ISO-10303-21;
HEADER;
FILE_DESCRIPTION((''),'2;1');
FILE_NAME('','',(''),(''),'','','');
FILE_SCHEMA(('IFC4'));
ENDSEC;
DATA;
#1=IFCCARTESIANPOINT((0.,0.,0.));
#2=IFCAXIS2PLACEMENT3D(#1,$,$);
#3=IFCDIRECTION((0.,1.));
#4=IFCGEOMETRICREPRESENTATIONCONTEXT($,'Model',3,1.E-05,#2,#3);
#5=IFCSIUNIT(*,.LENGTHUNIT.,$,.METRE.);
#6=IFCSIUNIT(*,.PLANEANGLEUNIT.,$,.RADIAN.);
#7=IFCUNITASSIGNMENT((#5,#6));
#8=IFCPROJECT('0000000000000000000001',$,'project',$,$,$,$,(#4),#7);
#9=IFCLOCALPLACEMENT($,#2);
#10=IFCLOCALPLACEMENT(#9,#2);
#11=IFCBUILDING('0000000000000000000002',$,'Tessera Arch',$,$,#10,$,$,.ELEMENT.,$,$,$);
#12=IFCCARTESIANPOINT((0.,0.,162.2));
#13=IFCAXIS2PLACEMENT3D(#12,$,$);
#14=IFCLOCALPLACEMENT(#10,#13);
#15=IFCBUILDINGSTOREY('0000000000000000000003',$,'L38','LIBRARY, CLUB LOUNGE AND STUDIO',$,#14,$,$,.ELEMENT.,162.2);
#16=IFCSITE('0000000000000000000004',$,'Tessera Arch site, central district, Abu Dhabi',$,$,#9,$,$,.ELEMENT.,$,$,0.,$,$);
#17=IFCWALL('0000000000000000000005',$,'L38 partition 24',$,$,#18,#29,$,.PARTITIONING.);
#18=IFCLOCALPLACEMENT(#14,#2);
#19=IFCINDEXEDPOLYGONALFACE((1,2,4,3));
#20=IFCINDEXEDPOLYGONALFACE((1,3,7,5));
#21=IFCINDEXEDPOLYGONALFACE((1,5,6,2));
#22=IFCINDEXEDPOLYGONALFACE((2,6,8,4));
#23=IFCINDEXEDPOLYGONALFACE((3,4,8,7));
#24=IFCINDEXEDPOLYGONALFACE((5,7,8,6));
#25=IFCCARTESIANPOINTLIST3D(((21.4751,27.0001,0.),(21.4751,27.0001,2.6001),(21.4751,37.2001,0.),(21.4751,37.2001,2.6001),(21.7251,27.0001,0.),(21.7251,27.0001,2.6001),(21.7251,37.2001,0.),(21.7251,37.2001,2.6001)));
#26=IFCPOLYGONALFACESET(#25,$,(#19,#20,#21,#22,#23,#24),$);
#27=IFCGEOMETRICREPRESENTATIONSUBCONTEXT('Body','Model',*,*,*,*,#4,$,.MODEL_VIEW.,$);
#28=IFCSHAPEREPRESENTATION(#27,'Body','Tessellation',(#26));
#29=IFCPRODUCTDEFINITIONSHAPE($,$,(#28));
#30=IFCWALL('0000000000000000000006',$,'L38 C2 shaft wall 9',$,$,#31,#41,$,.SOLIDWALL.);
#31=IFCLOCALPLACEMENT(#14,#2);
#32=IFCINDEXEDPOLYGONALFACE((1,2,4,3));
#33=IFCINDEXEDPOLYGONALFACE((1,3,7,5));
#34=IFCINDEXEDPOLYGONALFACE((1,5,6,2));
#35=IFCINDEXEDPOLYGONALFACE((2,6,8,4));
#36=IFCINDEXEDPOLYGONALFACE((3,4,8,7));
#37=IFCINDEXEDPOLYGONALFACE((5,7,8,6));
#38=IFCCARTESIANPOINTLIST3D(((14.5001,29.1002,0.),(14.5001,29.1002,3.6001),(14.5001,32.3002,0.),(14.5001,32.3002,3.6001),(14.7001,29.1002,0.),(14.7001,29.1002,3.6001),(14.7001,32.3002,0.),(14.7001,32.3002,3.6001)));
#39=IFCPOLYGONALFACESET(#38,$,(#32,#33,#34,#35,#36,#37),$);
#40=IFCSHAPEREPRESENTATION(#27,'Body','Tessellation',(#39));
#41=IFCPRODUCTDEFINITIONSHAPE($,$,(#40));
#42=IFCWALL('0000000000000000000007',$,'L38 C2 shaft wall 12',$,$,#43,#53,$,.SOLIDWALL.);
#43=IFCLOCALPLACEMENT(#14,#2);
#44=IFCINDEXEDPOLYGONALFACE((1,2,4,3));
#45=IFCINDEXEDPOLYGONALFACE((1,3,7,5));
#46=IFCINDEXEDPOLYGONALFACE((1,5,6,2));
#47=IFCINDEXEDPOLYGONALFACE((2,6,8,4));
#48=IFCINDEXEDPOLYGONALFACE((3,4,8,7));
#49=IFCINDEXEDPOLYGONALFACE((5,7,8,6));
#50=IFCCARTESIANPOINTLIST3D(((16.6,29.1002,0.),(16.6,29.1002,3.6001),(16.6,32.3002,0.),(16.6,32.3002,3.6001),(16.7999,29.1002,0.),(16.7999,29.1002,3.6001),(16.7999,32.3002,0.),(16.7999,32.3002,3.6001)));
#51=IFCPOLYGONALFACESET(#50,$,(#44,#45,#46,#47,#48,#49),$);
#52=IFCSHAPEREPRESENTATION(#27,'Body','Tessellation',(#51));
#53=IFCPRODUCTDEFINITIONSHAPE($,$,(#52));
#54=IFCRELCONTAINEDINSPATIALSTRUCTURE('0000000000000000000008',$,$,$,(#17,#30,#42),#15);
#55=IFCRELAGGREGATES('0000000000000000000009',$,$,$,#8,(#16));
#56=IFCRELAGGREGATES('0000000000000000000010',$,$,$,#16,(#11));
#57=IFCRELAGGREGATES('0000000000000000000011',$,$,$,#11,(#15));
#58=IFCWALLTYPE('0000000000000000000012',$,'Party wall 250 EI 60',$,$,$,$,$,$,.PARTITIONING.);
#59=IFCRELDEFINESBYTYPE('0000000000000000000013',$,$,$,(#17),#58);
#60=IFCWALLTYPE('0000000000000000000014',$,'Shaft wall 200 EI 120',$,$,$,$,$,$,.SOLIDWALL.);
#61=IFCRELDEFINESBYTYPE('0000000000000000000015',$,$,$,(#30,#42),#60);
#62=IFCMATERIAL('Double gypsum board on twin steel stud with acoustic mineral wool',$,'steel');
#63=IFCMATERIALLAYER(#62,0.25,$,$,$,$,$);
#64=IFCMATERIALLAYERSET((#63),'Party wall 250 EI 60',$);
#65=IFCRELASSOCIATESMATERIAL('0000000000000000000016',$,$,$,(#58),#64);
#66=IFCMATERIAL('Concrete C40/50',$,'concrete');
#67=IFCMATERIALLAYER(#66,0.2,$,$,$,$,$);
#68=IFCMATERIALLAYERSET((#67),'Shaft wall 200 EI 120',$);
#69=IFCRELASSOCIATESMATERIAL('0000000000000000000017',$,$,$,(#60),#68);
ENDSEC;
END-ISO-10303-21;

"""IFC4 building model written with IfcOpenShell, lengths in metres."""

from ifc_helpers import new_model, si_unit, direction, frame, frame_2d, origin, place, context, subcontext, project, spatial, rectangle, extrude, material, layer, layer_set, type_object, element, save


model = new_model("IFC4")

# Units and contexts
model_context = context("Model", 3, precision=1e-05, world=origin(), true_north=direction((0.0, 1.0)))
body_context = subcontext(model_context, "Body", "Model", "MODEL_VIEW")
ifc_project = project(units=[si_unit("LENGTHUNIT", "METRE"), si_unit("PLANEANGLEUNIT", "RADIAN")], contexts=[model_context])

# Site, building, storey
site_placement = place(None, origin())
site = spatial("IfcSite", under=ifc_project, at=site_placement, Name="Tessera Arch site, central district, Abu Dhabi", CompositionType="ELEMENT", RefElevation=0.0)
building_placement = place(site_placement, origin())
building = spatial("IfcBuilding", under=site, at=building_placement, Name="Tessera Arch", CompositionType="ELEMENT")
storey_placement = place(building_placement, frame((0.0, 0.0, 162.2)))
storey = spatial("IfcBuildingStorey", under=building, at=storey_placement, Name="L38", Description="LIBRARY, CLUB LOUNGE AND STUDIO", CompositionType="ELEMENT", Elevation=162.2)

# Walls
ifc_material_1 = material(Name="Double gypsum board on twin steel stud with acoustic mineral wool", Category="steel")
ifc_layer_1 = layer(ifc_material_1, 0.25)
ifc_layer_set_1 = layer_set([ifc_layer_1], Name="Party wall 250 EI 60")
wall_type_1 = type_object("IfcWallType", Name="Party wall 250 EI 60", PredefinedType="PARTITIONING", material=ifc_layer_set_1)
wall_1_placement = place(storey_placement, frame((21.6001, 27.0, 0.0), z_axis=(0.0, 0.0, 1.0), x_axis=(0.0, 1.0, 0.0)))
element("IfcWall", 1, at=wall_1_placement, inside=storey, type_object=wall_type_1, Name="L38 partition 24", PredefinedType="PARTITIONING", context=body_context, shape_type="SweptSolid", body=[
    extrude(rectangle(XDim=10.2, YDim=0.25, at=frame_2d((5.1001, 0.0))), origin(), (0.0, 0.0, 1.0), 2.6001),
])
ifc_material_2 = material(Name="Concrete C40/50", Category="concrete")
ifc_layer_2 = layer(ifc_material_2, 0.2)
ifc_layer_set_2 = layer_set([ifc_layer_2], Name="Shaft wall 200 EI 120")
wall_type_2 = type_object("IfcWallType", Name="Shaft wall 200 EI 120", PredefinedType="SOLIDWALL", material=ifc_layer_set_2)
for number, where, z_axis, x_axis, name in (
    (2, (14.6001, 29.1001, 0.0), (0.0, 0.0, 1.0), (0.0, 1.0, 0.0), "L38 C2 shaft wall 9"),
    (3, (16.7, 29.1001, 0.0), (0.0, 0.0, 1.0), (0.0, 1.0, 0.0), "L38 C2 shaft wall 12"),
):
    element("IfcWall", number, at=place(storey_placement, frame(where, z_axis=z_axis, x_axis=x_axis)), inside=storey, type_object=wall_type_2, Name=name, PredefinedType="SOLIDWALL", context=body_context, shape_type="SweptSolid", body=[
        extrude(rectangle(XDim=3.2, YDim=0.2, at=frame_2d((1.6001, 0.0))), origin(), (0.0, 0.0, 1.0), 3.6001),
    ])

save(model, "model.ifc")
